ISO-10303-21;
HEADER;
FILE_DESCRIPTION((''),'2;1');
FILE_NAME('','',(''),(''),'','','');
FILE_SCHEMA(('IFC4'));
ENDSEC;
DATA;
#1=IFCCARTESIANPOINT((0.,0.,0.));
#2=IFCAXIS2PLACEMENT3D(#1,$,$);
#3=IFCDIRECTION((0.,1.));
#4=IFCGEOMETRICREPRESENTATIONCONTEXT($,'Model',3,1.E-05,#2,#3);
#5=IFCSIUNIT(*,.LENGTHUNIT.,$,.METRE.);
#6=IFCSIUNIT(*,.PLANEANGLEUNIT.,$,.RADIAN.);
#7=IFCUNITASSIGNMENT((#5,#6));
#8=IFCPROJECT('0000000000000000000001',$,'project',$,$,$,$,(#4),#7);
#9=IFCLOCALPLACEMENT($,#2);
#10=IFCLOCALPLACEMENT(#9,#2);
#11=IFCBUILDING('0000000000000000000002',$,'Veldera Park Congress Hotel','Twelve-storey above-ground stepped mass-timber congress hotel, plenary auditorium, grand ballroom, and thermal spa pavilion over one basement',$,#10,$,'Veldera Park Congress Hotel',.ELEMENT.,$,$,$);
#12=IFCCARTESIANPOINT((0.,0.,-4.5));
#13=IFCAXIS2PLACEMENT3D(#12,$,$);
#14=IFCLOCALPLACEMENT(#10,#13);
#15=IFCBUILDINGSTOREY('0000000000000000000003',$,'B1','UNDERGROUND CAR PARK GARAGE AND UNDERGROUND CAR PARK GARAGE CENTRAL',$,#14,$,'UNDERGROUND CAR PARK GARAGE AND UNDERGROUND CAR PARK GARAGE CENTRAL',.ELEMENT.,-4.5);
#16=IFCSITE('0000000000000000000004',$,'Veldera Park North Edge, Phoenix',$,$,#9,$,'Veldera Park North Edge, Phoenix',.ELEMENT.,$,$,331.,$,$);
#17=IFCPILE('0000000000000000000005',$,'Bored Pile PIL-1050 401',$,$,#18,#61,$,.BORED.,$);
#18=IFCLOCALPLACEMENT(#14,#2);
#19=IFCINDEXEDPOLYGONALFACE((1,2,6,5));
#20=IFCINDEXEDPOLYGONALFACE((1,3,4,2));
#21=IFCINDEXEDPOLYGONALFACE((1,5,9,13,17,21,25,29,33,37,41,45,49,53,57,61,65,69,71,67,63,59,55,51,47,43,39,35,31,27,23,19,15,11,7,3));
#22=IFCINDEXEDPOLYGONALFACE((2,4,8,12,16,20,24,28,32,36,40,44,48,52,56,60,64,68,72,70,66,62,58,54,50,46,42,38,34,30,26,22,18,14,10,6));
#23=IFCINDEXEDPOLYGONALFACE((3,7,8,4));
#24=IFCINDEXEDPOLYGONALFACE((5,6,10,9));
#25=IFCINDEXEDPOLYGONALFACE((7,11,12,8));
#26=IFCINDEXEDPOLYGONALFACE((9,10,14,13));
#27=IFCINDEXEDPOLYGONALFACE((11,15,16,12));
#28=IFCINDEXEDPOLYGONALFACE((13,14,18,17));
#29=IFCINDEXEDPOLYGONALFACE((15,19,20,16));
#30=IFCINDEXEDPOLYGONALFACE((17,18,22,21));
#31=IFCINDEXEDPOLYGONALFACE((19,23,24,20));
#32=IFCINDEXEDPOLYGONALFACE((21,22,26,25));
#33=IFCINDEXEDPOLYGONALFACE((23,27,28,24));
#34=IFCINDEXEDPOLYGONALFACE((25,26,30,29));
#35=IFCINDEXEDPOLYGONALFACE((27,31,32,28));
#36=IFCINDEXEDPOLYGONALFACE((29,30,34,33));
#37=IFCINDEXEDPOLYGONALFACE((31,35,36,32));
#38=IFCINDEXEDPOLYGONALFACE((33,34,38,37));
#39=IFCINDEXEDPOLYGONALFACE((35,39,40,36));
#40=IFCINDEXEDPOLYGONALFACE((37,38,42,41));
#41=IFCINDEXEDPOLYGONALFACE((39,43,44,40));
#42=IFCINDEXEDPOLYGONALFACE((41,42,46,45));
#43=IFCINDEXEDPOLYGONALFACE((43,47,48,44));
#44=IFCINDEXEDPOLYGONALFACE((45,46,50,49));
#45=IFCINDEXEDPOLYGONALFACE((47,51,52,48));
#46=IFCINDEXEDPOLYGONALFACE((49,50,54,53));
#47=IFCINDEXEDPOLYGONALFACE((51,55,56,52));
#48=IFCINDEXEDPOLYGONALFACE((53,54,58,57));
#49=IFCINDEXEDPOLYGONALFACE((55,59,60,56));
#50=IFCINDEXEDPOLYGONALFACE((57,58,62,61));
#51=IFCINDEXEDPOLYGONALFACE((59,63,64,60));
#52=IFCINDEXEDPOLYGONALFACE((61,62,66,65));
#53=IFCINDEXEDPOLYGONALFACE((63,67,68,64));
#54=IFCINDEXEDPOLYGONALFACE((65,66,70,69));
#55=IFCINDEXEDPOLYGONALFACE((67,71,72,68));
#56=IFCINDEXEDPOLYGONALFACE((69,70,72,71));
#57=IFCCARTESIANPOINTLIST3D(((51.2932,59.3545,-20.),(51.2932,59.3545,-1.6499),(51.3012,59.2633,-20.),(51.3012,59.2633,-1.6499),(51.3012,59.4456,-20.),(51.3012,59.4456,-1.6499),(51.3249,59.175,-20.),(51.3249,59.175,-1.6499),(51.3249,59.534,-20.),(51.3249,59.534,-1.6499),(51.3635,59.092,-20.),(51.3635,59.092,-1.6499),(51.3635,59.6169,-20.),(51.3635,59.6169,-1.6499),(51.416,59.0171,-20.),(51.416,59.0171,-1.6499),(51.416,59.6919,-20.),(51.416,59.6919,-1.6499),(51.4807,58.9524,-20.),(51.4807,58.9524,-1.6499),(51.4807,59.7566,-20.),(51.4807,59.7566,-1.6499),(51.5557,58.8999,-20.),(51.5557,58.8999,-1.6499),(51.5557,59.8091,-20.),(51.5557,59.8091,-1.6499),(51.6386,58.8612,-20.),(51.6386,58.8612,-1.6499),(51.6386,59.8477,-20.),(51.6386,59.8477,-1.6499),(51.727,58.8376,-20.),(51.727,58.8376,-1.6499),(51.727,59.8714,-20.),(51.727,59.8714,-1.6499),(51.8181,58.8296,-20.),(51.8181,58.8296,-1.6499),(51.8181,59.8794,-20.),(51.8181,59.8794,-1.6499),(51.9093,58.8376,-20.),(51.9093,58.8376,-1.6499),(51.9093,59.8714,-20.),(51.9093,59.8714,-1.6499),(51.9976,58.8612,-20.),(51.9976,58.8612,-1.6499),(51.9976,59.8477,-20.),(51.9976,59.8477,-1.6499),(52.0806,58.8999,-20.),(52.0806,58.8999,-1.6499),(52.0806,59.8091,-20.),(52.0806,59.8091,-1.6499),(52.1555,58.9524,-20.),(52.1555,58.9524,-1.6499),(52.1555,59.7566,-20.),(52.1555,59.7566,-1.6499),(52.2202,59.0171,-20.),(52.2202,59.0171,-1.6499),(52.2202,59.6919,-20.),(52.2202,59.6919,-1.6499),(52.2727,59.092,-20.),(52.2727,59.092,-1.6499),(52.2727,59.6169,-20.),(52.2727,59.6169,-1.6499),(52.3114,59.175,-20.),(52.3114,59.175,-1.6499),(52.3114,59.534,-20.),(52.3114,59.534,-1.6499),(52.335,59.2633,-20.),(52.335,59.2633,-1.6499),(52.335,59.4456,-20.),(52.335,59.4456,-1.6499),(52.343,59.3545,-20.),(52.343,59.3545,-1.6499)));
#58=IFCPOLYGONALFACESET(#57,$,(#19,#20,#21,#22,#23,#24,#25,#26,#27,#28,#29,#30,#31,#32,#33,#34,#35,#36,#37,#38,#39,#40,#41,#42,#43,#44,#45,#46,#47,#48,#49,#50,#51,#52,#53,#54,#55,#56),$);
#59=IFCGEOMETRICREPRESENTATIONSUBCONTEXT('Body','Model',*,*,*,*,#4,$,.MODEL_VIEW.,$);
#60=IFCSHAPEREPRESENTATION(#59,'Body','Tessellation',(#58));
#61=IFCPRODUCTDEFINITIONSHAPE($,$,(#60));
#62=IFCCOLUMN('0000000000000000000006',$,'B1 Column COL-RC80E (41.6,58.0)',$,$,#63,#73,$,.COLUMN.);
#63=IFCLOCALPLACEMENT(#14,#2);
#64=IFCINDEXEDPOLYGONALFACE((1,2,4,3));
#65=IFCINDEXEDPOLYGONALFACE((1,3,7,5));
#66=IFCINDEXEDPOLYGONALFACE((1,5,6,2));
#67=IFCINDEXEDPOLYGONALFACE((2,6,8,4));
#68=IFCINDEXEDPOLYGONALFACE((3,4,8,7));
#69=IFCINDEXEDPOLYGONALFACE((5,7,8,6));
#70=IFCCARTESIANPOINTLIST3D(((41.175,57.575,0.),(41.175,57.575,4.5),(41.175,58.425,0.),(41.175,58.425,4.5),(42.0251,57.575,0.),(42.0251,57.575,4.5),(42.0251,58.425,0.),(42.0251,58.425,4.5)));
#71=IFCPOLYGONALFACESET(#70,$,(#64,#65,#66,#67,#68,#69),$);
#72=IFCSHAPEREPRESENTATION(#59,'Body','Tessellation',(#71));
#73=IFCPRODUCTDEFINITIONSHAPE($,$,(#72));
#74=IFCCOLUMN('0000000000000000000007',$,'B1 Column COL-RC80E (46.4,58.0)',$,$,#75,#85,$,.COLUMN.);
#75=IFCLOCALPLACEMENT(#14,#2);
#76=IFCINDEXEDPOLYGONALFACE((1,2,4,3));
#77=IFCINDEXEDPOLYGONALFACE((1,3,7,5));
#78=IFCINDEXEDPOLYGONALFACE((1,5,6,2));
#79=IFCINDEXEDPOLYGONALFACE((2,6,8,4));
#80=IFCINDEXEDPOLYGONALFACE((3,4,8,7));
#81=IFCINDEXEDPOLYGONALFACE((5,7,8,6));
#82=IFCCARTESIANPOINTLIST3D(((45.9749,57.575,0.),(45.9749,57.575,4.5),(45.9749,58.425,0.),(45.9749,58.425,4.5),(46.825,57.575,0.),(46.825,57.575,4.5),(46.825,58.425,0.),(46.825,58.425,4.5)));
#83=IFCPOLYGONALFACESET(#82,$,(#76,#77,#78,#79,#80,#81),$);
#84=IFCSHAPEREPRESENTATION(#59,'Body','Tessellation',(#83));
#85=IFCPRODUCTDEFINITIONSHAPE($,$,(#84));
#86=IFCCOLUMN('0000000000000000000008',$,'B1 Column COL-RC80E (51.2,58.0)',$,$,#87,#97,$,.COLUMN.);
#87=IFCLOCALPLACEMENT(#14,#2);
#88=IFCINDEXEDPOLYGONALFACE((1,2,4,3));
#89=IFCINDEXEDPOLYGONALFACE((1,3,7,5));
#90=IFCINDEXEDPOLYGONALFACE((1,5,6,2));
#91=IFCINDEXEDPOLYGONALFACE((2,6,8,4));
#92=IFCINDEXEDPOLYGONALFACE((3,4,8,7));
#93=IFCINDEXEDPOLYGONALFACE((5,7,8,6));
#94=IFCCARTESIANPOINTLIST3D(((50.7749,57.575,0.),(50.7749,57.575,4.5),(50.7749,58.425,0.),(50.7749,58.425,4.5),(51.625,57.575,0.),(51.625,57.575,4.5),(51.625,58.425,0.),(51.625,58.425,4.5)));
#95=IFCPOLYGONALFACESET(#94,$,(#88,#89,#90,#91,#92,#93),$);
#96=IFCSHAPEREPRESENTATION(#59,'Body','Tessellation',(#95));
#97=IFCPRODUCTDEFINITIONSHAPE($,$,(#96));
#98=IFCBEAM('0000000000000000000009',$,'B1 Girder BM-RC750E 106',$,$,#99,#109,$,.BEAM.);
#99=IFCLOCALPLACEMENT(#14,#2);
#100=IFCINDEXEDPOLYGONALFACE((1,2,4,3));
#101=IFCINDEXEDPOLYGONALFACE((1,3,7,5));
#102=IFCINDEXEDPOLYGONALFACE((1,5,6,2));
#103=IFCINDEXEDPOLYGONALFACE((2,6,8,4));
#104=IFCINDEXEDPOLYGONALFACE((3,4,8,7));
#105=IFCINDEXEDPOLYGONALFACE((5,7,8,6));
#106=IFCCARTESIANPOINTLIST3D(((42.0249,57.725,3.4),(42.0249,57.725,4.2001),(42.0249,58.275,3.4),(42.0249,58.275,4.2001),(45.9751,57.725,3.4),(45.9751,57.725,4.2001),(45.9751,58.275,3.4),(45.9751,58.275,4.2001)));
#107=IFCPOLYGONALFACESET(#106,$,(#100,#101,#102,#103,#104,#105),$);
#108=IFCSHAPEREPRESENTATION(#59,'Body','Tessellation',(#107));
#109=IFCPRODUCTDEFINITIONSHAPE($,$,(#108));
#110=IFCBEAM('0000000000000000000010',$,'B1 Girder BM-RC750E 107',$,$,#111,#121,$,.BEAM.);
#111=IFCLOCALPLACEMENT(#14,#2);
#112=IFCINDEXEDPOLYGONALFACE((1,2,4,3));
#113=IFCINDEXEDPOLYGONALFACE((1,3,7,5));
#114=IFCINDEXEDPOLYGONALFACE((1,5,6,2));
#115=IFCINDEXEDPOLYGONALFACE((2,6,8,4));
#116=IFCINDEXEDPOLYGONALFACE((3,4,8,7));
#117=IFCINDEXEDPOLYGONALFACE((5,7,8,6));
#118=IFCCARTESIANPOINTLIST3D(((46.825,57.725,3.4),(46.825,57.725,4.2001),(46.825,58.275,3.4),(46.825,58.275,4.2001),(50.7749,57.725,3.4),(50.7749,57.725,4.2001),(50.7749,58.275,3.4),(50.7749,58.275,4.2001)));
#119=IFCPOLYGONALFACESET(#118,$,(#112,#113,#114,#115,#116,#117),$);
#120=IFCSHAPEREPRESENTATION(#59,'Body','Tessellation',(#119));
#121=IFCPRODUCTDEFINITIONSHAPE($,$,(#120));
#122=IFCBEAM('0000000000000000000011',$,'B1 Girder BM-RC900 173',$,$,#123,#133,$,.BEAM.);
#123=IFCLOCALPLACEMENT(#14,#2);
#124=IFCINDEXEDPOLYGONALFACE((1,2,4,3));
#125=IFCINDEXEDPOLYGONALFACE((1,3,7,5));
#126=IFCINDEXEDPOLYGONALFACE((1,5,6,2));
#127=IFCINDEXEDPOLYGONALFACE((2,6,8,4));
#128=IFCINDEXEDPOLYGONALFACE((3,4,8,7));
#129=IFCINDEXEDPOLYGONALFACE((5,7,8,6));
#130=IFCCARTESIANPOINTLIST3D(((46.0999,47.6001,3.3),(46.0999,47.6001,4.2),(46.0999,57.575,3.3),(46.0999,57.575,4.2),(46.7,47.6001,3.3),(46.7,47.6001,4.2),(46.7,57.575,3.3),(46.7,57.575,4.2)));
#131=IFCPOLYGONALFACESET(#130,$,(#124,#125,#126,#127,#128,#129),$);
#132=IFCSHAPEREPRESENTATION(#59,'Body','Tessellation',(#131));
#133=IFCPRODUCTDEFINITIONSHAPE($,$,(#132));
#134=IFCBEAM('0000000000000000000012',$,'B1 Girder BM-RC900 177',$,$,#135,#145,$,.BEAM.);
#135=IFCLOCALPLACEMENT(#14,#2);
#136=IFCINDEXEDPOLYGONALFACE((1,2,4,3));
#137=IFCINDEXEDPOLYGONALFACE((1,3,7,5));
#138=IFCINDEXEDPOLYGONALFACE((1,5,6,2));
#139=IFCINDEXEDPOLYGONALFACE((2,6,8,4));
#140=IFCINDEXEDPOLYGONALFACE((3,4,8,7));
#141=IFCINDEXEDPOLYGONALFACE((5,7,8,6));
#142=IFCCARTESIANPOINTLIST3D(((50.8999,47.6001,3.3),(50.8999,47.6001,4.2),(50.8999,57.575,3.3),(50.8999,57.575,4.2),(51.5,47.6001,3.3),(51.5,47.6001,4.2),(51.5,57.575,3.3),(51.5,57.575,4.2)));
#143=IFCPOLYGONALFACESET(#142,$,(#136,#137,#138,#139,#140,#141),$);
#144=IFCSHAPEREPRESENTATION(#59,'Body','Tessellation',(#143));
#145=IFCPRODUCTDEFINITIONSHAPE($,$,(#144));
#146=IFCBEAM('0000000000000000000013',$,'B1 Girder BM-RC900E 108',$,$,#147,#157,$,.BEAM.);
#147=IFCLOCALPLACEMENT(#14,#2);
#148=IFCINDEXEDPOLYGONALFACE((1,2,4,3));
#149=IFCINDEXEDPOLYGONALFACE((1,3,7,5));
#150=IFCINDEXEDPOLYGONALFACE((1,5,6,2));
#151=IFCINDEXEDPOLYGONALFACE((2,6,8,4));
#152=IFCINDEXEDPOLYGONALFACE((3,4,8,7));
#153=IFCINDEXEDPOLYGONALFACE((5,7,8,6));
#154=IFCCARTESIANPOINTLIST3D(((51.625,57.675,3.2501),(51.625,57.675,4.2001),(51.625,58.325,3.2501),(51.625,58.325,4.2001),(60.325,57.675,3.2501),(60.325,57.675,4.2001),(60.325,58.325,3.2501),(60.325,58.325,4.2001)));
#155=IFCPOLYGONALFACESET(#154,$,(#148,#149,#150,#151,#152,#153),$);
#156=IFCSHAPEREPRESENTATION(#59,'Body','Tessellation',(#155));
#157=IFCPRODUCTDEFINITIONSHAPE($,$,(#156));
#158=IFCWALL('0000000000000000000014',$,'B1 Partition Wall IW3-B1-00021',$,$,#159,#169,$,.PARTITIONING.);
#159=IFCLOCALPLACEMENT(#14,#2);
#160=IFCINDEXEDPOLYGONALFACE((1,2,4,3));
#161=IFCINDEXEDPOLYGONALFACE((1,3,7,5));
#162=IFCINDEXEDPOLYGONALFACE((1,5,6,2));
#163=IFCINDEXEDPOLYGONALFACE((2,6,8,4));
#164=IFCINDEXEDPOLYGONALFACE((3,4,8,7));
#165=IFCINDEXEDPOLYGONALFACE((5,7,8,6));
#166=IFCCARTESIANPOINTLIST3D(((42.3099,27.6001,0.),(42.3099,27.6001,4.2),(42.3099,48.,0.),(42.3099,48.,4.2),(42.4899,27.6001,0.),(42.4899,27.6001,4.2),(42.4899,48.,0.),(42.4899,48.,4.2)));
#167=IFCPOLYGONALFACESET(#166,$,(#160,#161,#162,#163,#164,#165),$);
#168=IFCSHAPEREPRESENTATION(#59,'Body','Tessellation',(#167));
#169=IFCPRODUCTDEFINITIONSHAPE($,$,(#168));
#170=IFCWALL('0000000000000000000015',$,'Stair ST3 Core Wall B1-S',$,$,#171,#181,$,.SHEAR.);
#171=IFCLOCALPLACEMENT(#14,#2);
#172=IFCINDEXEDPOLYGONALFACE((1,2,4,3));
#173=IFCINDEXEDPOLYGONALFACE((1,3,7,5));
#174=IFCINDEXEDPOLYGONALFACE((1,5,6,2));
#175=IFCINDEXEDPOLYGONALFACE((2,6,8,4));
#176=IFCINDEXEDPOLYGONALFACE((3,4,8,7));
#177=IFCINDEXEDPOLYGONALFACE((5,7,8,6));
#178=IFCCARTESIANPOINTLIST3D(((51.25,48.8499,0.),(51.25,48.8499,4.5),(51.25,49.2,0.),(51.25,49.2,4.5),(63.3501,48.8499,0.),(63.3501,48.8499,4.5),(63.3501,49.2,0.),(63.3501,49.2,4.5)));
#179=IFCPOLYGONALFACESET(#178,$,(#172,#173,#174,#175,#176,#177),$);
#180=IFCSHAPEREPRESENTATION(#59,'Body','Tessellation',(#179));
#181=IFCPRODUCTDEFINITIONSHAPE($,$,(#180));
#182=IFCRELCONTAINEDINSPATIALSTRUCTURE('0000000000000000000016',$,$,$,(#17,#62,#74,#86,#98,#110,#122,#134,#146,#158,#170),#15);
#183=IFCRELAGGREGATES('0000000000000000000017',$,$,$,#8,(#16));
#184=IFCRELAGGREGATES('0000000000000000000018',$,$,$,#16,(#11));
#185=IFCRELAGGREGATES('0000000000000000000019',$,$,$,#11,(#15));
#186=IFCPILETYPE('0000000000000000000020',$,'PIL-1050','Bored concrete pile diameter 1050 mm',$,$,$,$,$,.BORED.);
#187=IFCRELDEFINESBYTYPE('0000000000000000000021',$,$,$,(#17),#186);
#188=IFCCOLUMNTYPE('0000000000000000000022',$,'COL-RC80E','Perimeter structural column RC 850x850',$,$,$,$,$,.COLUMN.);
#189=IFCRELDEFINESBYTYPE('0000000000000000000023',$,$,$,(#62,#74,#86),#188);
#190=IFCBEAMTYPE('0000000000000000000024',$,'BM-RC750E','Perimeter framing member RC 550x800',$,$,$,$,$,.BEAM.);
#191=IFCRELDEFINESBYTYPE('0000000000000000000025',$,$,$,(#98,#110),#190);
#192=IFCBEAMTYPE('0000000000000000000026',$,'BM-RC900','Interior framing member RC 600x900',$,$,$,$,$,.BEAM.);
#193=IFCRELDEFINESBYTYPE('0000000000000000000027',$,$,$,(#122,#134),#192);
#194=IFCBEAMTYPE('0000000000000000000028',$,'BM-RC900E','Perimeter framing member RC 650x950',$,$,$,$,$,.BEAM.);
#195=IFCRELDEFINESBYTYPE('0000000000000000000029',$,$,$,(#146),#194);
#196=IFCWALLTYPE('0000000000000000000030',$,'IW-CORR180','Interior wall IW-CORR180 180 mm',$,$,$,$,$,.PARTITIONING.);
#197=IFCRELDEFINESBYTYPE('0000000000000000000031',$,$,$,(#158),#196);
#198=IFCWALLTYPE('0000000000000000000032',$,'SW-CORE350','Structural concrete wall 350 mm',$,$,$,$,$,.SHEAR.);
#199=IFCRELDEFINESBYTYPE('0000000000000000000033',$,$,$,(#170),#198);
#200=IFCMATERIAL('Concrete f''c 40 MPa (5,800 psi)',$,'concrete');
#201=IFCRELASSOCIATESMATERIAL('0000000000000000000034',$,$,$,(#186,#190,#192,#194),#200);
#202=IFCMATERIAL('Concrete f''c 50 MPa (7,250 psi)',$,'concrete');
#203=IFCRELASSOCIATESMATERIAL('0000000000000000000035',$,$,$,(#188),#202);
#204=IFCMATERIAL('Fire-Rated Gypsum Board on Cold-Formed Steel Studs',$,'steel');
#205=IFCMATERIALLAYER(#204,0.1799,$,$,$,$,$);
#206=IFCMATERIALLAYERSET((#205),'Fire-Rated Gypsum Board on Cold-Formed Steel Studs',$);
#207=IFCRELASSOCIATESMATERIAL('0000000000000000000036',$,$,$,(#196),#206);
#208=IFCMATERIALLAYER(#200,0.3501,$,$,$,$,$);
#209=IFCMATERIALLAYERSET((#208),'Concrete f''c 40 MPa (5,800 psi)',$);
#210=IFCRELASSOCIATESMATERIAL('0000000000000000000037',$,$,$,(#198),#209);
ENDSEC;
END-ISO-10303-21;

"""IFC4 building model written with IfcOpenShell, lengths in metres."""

from ifc_helpers import new_model, si_unit, direction, frame, frame_2d, origin, origin_2d, place, context, subcontext, project, spatial, rectangle, circle, extrude, material, layer, layer_set, material_profile, profile_set, type_object, element, save


model = new_model("IFC4")

# Units and contexts
model_context = context("Model", 3, precision=1e-05, world=origin(), true_north=direction((0.0, 1.0)))
body_context = subcontext(model_context, "Body", "Model", "MODEL_VIEW")
ifc_project = project(units=[si_unit("LENGTHUNIT", "METRE"), si_unit("PLANEANGLEUNIT", "RADIAN")], contexts=[model_context])

# Site, building, storey
site_placement = place(None, origin())
site = spatial("IfcSite", under=ifc_project, at=site_placement, Name="Veldera Park North Edge, Phoenix", LongName="Veldera Park North Edge, Phoenix", CompositionType="ELEMENT", RefElevation=331.0)
building_placement = place(site_placement, origin())
building = spatial("IfcBuilding", under=site, at=building_placement, Name="Veldera Park Congress Hotel", Description="Twelve-storey above-ground stepped mass-timber congress hotel, plenary auditorium, grand ballroom, and thermal spa pavilion over one basement", LongName="Veldera Park Congress Hotel", CompositionType="ELEMENT")
storey_placement = place(building_placement, frame((0.0, 0.0, -4.5)))
storey = spatial("IfcBuildingStorey", under=building, at=storey_placement, Name="B1", Description="UNDERGROUND CAR PARK GARAGE AND UNDERGROUND CAR PARK GARAGE CENTRAL", LongName="UNDERGROUND CAR PARK GARAGE AND UNDERGROUND CAR PARK GARAGE CENTRAL", CompositionType="ELEMENT", Elevation=-4.5)

# Shared definitions
ifc_material_1 = material(Name="Concrete f'c 40 MPa (5,800 psi)", Category="concrete")

# Pile
ifc_material_profile_1 = material_profile(ifc_material_1, circle(Radius=0.5249, at=origin_2d()), Name="PILE D1050")
ifc_profile_set_1 = profile_set([ifc_material_profile_1], Name="Concrete f'c 40 MPa (5,800 psi)")
pile_type = type_object("IfcPileType", Name="PIL-1050", Description="Bored concrete pile diameter 1050 mm", PredefinedType="BORED", material=ifc_profile_set_1)
for number, where, z_axis, x_axis, name in (
    (1, (51.8181, 59.3545, -1.6499), (0.0, 0.0, -1.0), (1.0, 0.0, 0.0), "Bored Pile PIL-1050 401"),
):
    element("IfcPile", number, at=place(storey_placement, frame(where, z_axis=z_axis, x_axis=x_axis)), inside=storey, type_object=pile_type, Name=name, PredefinedType="BORED", context=body_context, shape_type="SweptSolid", body=[
        extrude(circle(Radius=0.5249, at=origin_2d()), origin(), (0.0, 0.0, 1.0), 18.3501),
    ])

# Columns
ifc_material_2 = material(Name="Concrete f'c 50 MPa (7,250 psi)", Category="concrete")
ifc_material_profile_2 = material_profile(ifc_material_2, rectangle(XDim=0.8501, YDim=0.8501, at=origin_2d()), Name="RC 850x850")
ifc_profile_set_2 = profile_set([ifc_material_profile_2], Name="Concrete f'c 50 MPa (7,250 psi)")
column_type = type_object("IfcColumnType", Name="COL-RC80E", Description="Perimeter structural column RC 850x850", PredefinedType="COLUMN", material=ifc_profile_set_2)
for number, where, z_axis, x_axis, name in (
    (2, (41.6001, 58.0, 0.0), (0.0, 0.0, 1.0), (1.0, 0.0, 0.0), "B1 Column COL-RC80E (41.6,58.0)"),
    (3, (46.3999, 58.0, 0.0), (0.0, 0.0, 1.0), (1.0, 0.0, 0.0), "B1 Column COL-RC80E (46.4,58.0)"),
    (4, (51.2, 58.0, 0.0), (0.0, 0.0, 1.0), (1.0, 0.0, 0.0), "B1 Column COL-RC80E (51.2,58.0)"),
):
    element("IfcColumn", number, at=place(storey_placement, frame(where, z_axis=z_axis, x_axis=x_axis)), inside=storey, type_object=column_type, Name=name, PredefinedType="COLUMN", context=body_context, shape_type="SweptSolid", body=[
        extrude(rectangle(XDim=0.8501, YDim=0.8501, at=origin_2d()), origin(), (0.0, 0.0, 1.0), 4.5),
    ])

# Beams
ifc_material_profile_3 = material_profile(ifc_material_1, rectangle(XDim=0.55, YDim=0.8, at=origin_2d()), Name="RC 550x800")
ifc_profile_set_3 = profile_set([ifc_material_profile_3], Name="Concrete f'c 40 MPa (5,800 psi)")
beam_type_1 = type_object("IfcBeamType", Name="BM-RC750E", Description="Perimeter framing member RC 550x800", PredefinedType="BEAM", material=ifc_profile_set_3)
beam_1_placement = place(storey_placement, frame((42.0249, 58.0, 3.8), z_axis=(1.0, 0.0, 0.0), x_axis=(0.0, 1.0, 0.0)))
element("IfcBeam", 5, at=beam_1_placement, inside=storey, type_object=beam_type_1, Name="B1 Girder BM-RC750E 106", PredefinedType="BEAM", context=body_context, shape_type="SweptSolid", body=[
    extrude(rectangle(XDim=0.55, YDim=0.8, at=origin_2d()), origin(), (0.0, 0.0, 1.0), 3.9502),
])
beam_2_placement = place(storey_placement, frame((46.825, 58.0, 3.8), z_axis=(1.0, 0.0, 0.0), x_axis=(0.0, 1.0, 0.0)))
element("IfcBeam", 6, at=beam_2_placement, inside=storey, type_object=beam_type_1, Name="B1 Girder BM-RC750E 107", PredefinedType="BEAM", context=body_context, shape_type="SweptSolid", body=[
    extrude(rectangle(XDim=0.55, YDim=0.8, at=origin_2d()), origin(), (0.0, 0.0, 1.0), 3.95),
])
ifc_material_profile_4 = material_profile(ifc_material_1, rectangle(XDim=0.6001, YDim=0.8999, at=origin_2d()), Name="RC 600x900")
ifc_profile_set_4 = profile_set([ifc_material_profile_4], Name="Concrete f'c 40 MPa (5,800 psi)")
beam_type_2 = type_object("IfcBeamType", Name="BM-RC900", Description="Interior framing member RC 600x900", PredefinedType="BEAM", material=ifc_profile_set_4)
for number, where, z_axis, x_axis, name in (
    (7, (46.3999, 47.6001, 3.75), (0.0, 1.0, 0.0), (-1.0, 0.0, 0.0), "B1 Girder BM-RC900 173"),
    (8, (51.2, 47.6001, 3.75), (0.0, 1.0, 0.0), (-1.0, 0.0, 0.0), "B1 Girder BM-RC900 177"),
):
    element("IfcBeam", number, at=place(storey_placement, frame(where, z_axis=z_axis, x_axis=x_axis)), inside=storey, type_object=beam_type_2, Name=name, PredefinedType="BEAM", context=body_context, shape_type="SweptSolid", body=[
        extrude(rectangle(XDim=0.6001, YDim=0.8999, at=origin_2d()), origin(), (0.0, 0.0, 1.0), 9.9749),
    ])
ifc_material_profile_5 = material_profile(ifc_material_1, rectangle(XDim=0.6499, YDim=0.95, at=origin_2d()), Name="RC 650x950")
ifc_profile_set_5 = profile_set([ifc_material_profile_5], Name="Concrete f'c 40 MPa (5,800 psi)")
beam_type_3 = type_object("IfcBeamType", Name="BM-RC900E", Description="Perimeter framing member RC 650x950", PredefinedType="BEAM", material=ifc_profile_set_5)
beam_3_placement = place(storey_placement, frame((51.625, 58.0, 3.7251), z_axis=(1.0, 0.0, 0.0), x_axis=(0.0, 1.0, 0.0)))
element("IfcBeam", 9, at=beam_3_placement, inside=storey, type_object=beam_type_3, Name="B1 Girder BM-RC900E 108", PredefinedType="BEAM", context=body_context, shape_type="SweptSolid", body=[
    extrude(rectangle(XDim=0.6499, YDim=0.95, at=origin_2d()), origin(), (0.0, 0.0, 1.0), 8.7),
])

# Walls
ifc_material_3 = material(Name="Fire-Rated Gypsum Board on Cold-Formed Steel Studs", Category="steel")
ifc_layer_1 = layer(ifc_material_3, 0.1799)
ifc_layer_set_1 = layer_set([ifc_layer_1], Name="Fire-Rated Gypsum Board on Cold-Formed Steel Studs")
wall_type_1 = type_object("IfcWallType", Name="IW-CORR180", Description="Interior wall IW-CORR180 180 mm", PredefinedType="PARTITIONING", material=ifc_layer_set_1)
wall_1_placement = place(storey_placement, frame((42.3999, 48.0, 0.0), z_axis=(0.0, 0.0, 1.0), x_axis=(0.0, -1.0, 0.0)))
element("IfcWall", 10, at=wall_1_placement, inside=storey, type_object=wall_type_1, Name="B1 Partition Wall IW3-B1-00021", PredefinedType="PARTITIONING", context=body_context, shape_type="SweptSolid", body=[
    extrude(rectangle(XDim=20.3999, YDim=0.1799, at=frame_2d((10.2, 0.0))), origin(), (0.0, 0.0, 1.0), 4.2),
])
ifc_layer_2 = layer(ifc_material_1, 0.3501)
ifc_layer_set_2 = layer_set([ifc_layer_2], Name="Concrete f'c 40 MPa (5,800 psi)")
wall_type_2 = type_object("IfcWallType", Name="SW-CORE350", Description="Structural concrete wall 350 mm", PredefinedType="SHEAR", material=ifc_layer_set_2)
wall_2_placement = place(storey_placement, frame((51.25, 49.0249, 0.0), z_axis=(0.0, 0.0, 1.0), x_axis=(1.0, 0.0, 0.0)))
element("IfcWall", 11, at=wall_2_placement, inside=storey, type_object=wall_type_2, Name="Stair ST3 Core Wall B1-S", PredefinedType="SHEAR", context=body_context, shape_type="SweptSolid", body=[
    extrude(rectangle(XDim=12.1001, YDim=0.3501, at=frame_2d((6.05, 0.0))), origin(), (0.0, 0.0, 1.0), 4.5),
])

save(model, "model.ifc")
